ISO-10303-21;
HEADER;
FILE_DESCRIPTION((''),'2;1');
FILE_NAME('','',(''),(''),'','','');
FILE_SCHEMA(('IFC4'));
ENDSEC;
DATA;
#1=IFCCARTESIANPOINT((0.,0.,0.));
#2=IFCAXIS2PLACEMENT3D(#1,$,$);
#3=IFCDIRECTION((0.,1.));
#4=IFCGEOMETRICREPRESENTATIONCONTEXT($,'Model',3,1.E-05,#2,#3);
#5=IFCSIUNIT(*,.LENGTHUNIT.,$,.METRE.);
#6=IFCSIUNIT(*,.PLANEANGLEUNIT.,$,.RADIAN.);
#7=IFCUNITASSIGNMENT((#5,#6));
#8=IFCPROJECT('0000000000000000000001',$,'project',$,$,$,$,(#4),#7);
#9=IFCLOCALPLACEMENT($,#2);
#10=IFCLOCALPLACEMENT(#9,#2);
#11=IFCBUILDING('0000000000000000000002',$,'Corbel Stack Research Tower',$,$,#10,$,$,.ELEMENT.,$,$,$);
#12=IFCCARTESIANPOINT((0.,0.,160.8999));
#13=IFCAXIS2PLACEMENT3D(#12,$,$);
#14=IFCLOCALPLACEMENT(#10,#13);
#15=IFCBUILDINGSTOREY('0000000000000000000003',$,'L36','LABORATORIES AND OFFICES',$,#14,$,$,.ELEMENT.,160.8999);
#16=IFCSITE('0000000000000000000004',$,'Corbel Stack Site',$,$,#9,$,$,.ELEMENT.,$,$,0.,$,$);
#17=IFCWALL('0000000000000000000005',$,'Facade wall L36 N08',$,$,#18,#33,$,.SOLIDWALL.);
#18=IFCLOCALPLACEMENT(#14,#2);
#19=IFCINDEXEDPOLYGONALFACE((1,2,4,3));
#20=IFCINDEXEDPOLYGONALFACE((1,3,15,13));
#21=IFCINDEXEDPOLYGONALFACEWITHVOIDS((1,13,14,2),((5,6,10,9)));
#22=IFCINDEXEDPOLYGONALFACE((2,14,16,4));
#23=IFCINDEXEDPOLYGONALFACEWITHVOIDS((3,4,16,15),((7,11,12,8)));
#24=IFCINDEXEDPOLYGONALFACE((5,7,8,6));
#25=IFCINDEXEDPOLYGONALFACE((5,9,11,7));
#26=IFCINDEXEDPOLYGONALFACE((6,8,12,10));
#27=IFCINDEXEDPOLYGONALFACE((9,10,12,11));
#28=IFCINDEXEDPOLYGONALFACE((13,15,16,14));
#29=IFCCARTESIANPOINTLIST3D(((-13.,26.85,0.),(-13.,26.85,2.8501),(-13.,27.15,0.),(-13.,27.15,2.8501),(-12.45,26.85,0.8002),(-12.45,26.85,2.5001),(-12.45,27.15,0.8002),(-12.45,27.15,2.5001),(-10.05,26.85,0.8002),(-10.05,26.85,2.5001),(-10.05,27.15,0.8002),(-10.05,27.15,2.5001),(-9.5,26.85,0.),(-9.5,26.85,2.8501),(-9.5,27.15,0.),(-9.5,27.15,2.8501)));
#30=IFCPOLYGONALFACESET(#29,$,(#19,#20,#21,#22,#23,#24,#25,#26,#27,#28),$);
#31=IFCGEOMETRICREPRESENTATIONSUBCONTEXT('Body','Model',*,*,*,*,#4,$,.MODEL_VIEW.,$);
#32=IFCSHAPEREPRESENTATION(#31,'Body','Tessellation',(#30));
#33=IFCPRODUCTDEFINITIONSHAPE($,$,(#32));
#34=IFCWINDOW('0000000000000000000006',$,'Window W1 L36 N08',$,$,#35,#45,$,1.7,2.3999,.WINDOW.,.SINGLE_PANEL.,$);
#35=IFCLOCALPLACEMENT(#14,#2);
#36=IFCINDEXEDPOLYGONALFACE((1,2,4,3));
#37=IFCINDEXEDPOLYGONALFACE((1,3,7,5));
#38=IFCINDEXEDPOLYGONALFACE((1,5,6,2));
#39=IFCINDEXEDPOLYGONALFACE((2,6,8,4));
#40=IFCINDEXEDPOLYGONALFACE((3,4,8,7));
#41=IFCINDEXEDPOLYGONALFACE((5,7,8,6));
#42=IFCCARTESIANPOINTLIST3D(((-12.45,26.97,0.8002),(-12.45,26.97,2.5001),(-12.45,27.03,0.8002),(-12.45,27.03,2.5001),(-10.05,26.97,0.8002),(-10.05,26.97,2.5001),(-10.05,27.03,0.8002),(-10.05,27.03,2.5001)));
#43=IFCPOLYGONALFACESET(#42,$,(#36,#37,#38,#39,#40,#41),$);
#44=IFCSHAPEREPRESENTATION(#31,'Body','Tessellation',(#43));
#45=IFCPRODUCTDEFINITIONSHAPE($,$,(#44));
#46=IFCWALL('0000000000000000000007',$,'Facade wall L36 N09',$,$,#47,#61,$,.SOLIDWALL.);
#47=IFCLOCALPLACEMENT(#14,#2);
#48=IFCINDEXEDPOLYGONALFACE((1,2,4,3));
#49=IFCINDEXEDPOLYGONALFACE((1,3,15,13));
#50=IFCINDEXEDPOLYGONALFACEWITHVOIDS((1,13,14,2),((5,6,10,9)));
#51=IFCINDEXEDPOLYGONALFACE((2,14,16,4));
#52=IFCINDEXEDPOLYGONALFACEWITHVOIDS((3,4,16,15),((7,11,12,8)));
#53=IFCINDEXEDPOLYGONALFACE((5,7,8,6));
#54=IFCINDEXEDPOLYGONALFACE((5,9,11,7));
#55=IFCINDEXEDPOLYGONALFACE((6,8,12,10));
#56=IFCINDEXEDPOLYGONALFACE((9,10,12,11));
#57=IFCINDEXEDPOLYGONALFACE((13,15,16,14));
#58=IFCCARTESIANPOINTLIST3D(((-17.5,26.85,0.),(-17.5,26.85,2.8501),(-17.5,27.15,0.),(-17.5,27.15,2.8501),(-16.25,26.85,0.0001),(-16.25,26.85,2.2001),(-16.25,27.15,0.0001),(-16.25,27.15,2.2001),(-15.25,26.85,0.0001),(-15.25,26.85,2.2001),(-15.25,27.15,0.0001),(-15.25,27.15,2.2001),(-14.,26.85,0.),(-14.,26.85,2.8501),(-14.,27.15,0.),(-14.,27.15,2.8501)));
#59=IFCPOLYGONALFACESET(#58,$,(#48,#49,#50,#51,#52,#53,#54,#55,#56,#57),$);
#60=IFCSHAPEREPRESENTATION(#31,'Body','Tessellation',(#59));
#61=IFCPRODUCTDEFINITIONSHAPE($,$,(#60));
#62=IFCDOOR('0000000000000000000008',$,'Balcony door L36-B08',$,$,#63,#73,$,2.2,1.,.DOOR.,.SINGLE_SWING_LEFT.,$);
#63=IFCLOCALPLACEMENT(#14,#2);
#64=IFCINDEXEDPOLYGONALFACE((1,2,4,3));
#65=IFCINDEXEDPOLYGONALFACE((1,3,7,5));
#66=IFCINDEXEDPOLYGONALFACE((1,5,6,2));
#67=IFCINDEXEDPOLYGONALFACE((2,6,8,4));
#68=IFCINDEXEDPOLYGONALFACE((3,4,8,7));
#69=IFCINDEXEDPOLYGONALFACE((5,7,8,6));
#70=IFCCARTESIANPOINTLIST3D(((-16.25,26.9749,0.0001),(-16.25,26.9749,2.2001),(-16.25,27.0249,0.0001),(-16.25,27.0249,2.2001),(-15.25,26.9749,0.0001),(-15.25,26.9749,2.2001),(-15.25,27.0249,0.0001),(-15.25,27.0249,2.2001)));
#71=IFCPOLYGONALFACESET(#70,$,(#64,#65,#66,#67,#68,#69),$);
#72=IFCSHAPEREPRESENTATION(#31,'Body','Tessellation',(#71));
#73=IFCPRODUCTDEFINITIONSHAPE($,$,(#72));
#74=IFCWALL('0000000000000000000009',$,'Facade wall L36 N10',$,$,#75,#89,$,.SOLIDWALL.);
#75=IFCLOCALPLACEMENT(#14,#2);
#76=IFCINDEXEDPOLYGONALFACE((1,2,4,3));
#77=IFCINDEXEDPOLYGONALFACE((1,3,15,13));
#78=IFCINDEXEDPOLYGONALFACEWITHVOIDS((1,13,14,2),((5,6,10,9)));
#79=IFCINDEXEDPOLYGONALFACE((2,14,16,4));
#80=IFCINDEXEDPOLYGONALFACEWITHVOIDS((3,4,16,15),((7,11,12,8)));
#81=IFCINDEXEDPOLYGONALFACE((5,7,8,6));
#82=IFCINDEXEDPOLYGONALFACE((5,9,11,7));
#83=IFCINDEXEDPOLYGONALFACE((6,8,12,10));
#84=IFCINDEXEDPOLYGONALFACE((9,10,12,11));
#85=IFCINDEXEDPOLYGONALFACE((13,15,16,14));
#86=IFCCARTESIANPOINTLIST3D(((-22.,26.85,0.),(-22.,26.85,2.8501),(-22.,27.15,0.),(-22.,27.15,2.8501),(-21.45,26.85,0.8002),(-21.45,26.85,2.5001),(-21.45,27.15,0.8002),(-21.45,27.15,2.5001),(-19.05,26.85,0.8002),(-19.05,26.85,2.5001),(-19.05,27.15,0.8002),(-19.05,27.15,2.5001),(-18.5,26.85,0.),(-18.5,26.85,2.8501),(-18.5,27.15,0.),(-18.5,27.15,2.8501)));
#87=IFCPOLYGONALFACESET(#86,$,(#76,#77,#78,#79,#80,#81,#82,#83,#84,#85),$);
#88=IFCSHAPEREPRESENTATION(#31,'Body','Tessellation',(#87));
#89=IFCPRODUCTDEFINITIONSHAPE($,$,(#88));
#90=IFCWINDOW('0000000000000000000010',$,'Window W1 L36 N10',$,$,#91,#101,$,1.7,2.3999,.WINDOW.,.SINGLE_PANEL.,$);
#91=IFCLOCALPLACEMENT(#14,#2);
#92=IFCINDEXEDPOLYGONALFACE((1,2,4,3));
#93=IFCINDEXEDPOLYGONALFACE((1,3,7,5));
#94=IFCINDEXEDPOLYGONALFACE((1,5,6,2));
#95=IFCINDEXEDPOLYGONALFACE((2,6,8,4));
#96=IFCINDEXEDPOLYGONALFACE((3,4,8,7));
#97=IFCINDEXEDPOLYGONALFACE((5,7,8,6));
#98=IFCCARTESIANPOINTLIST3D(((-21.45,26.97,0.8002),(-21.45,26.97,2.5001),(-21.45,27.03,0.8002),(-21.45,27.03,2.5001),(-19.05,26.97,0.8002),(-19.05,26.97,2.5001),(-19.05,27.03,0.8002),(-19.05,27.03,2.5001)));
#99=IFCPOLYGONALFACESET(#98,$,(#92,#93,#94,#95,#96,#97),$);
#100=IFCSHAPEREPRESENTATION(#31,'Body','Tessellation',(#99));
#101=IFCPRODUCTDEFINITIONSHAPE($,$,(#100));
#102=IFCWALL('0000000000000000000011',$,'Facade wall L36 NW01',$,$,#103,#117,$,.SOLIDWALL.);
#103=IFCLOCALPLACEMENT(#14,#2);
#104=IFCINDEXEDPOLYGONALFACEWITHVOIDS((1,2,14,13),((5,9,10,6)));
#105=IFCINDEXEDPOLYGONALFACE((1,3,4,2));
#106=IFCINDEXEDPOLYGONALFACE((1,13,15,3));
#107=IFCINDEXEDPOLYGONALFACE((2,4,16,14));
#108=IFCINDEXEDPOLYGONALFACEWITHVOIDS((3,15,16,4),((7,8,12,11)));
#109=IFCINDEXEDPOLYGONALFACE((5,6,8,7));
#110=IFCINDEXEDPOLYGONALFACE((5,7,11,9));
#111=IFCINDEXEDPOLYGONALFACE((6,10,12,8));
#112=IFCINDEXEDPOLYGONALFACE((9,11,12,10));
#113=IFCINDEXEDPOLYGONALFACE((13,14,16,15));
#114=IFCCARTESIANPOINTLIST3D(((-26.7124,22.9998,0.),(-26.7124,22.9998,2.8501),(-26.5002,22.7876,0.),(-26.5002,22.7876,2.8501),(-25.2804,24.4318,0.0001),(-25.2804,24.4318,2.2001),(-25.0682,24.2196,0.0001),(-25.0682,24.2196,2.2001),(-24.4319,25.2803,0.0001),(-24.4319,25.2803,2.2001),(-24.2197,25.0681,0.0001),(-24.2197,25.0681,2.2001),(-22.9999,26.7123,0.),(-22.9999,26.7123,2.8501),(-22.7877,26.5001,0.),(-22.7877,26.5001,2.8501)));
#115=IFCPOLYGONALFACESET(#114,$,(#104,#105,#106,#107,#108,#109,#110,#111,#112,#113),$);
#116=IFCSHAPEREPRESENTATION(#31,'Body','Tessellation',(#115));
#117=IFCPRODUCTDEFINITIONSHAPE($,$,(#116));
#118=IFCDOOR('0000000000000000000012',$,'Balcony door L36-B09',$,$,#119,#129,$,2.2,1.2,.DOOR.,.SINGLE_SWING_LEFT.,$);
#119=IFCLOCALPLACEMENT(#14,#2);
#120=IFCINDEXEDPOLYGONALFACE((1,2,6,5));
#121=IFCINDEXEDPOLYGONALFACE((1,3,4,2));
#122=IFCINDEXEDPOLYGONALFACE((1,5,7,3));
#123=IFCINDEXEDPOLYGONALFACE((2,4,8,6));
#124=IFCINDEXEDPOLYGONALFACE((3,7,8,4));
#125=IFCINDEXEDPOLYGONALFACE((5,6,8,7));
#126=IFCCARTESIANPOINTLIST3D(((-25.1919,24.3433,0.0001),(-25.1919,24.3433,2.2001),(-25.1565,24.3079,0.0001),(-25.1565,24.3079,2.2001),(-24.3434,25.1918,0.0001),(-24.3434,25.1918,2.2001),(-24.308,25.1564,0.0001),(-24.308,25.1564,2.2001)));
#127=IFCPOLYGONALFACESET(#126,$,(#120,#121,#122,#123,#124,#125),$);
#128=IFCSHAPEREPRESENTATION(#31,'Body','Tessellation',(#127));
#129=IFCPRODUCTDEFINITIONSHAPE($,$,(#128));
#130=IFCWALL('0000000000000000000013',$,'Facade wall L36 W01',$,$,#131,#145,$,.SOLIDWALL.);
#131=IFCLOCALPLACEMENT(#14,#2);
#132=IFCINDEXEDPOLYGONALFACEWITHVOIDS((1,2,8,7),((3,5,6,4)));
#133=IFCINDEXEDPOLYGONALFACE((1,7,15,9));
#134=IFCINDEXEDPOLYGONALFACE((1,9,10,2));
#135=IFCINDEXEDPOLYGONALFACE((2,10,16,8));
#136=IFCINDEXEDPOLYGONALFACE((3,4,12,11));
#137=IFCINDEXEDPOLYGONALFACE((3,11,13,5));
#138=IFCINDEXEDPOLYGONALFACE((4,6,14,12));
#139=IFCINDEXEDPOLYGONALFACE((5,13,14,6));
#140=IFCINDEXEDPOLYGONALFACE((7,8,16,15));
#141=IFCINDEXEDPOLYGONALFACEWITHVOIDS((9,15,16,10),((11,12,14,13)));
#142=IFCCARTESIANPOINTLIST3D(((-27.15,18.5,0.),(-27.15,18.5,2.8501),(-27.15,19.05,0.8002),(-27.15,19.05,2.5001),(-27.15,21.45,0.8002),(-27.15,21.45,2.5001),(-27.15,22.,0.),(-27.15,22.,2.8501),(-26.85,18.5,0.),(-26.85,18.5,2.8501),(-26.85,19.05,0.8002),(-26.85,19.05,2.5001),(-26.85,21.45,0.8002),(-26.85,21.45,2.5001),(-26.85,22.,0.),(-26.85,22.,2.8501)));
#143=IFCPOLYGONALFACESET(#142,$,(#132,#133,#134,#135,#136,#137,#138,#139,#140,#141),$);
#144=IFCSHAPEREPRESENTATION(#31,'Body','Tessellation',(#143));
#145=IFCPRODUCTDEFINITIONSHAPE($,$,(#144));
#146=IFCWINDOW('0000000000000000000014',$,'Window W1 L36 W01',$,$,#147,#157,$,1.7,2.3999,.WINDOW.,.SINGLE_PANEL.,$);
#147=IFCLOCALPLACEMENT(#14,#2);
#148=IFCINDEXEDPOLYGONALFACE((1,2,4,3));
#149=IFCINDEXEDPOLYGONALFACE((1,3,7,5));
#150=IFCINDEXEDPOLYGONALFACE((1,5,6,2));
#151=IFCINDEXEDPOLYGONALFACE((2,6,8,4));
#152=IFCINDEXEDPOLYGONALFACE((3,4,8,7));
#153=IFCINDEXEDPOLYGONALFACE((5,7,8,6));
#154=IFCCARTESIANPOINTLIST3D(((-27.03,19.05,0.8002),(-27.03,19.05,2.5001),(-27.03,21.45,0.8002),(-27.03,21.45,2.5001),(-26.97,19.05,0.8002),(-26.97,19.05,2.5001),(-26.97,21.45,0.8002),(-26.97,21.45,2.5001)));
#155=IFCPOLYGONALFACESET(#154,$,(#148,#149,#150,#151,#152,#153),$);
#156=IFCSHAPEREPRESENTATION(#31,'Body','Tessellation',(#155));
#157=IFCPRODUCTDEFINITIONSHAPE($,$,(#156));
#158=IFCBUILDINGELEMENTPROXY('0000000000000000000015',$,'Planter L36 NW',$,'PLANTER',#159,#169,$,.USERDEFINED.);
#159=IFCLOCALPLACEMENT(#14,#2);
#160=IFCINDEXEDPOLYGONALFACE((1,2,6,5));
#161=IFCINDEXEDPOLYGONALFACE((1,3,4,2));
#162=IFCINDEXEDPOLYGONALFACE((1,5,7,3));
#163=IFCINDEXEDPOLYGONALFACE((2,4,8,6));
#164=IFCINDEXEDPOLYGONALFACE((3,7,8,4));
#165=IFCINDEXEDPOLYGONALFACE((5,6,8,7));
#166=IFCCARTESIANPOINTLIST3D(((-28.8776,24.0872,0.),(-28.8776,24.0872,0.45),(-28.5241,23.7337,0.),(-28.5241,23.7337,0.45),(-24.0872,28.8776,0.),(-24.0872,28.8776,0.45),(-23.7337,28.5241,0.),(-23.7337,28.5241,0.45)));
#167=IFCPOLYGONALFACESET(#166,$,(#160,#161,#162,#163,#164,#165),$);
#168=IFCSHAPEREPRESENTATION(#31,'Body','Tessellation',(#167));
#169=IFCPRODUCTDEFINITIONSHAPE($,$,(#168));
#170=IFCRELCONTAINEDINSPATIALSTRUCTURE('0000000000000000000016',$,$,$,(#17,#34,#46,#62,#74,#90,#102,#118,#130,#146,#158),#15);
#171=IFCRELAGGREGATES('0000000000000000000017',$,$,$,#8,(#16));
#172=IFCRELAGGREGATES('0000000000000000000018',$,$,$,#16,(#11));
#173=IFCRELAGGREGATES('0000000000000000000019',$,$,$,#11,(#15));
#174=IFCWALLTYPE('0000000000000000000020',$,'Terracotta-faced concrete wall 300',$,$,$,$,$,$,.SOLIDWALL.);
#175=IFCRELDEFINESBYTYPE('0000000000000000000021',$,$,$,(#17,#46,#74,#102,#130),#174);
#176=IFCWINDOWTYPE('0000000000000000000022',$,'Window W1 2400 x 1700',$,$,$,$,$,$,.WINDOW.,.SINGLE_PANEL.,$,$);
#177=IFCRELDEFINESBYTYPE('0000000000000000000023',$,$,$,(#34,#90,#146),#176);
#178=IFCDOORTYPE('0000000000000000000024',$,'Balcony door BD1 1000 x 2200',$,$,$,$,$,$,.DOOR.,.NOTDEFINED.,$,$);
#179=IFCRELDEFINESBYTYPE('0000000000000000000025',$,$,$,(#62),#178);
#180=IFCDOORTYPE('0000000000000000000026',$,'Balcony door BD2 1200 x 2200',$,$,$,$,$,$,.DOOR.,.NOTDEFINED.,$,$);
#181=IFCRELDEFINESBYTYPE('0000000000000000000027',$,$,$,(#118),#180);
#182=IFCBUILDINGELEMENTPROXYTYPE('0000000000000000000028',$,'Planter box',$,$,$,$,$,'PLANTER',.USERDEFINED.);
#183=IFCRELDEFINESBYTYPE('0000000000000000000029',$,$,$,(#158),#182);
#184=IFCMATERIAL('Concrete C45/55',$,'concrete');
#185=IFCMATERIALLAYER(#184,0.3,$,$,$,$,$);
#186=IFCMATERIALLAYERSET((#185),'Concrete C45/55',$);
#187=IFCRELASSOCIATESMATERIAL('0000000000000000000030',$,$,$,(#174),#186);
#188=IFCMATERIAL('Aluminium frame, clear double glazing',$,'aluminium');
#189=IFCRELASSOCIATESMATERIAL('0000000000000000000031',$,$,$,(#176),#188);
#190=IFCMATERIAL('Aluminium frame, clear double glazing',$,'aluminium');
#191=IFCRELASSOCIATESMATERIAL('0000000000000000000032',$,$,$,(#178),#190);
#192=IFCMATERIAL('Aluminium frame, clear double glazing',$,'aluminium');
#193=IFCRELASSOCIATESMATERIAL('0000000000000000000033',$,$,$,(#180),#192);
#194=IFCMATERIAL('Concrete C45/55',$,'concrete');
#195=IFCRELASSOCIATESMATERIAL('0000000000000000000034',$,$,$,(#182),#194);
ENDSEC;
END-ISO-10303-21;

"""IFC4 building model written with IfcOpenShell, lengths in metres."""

from ifc_helpers import new_model, si_unit, direction, frame, frame_2d, origin, origin_2d, place, context, subcontext, project, spatial, rectangle, extrude, material, layer, layer_set, type_object, element, fill, save


model = new_model("IFC4")

# Units and contexts
model_context = context("Model", 3, precision=1e-05, world=origin(), true_north=direction((0.0, 1.0)))
body_context = subcontext(model_context, "Body", "Model", "MODEL_VIEW")
ifc_project = project(units=[si_unit("LENGTHUNIT", "METRE"), si_unit("PLANEANGLEUNIT", "RADIAN")], contexts=[model_context])

# Site, building, storey
site_placement = place(None, origin())
site = spatial("IfcSite", under=ifc_project, at=site_placement, Name="Corbel Stack Site", CompositionType="ELEMENT", RefElevation=0.0)
building_placement = place(site_placement, origin())
building = spatial("IfcBuilding", under=site, at=building_placement, Name="Corbel Stack Research Tower", CompositionType="ELEMENT")
storey_placement = place(building_placement, frame((0.0, 0.0, 160.8999)))
storey = spatial("IfcBuildingStorey", under=building, at=storey_placement, Name="L36", Description="LABORATORIES AND OFFICES", CompositionType="ELEMENT", Elevation=160.8999)

# Wall, opening, window
ifc_material_1 = material(Name="Concrete C45/55", Category="concrete")
ifc_layer_1 = layer(ifc_material_1, 0.3)
ifc_layer_set_1 = layer_set([ifc_layer_1], Name="Concrete C45/55")
wall_type_1 = type_object("IfcWallType", Name="Terracotta-faced concrete wall 300", PredefinedType="SOLIDWALL", material=ifc_layer_set_1)
wall_1_placement = place(storey_placement, frame((-13.0, 27.0, 0.0), z_axis=(0.0, 0.0, 1.0), x_axis=(1.0, 0.0, 0.0)))
wall_1 = element("IfcWall", 1, at=wall_1_placement, inside=storey, type_object=wall_type_1, Name="Facade wall L36 N08", PredefinedType="SOLIDWALL", context=body_context, shape_type="SweptSolid", body=[
    extrude(rectangle(XDim=3.5, YDim=0.3, at=frame_2d((1.75, 0.0))), origin(), (0.0, 0.0, 1.0), 2.8501),
])
opening_1_placement = place(wall_1_placement, frame((0.55, 0.0, 0.8)))
opening_1 = element("IfcOpeningElement", 2, at=opening_1_placement, cuts=wall_1, PredefinedType="OPENING", context=body_context, shape_type="SweptSolid", body=[
    extrude(rectangle(XDim=2.3999, YDim=1.7, at=frame_2d((1.2, 0.8501))), frame((0.0, 0.1599, 0.0), z_axis=(0.0, -1.0, 0.0), x_axis=(1.0, 0.0, 0.0)), (0.0, 0.0, 1.0), 0.3201),
])
ifc_material_2 = material(Name="Aluminium frame, clear double glazing", Category="aluminium")
window_type = type_object("IfcWindowType", Name="Window W1 2400 x 1700", PartitioningType="SINGLE_PANEL", PredefinedType="WINDOW", material=ifc_material_2)
window_1_placement = place(opening_1_placement, origin())
window_1 = element("IfcWindow", 3, at=window_1_placement, inside=storey, type_object=window_type, Name="Window W1 L36 N08", OverallHeight=1.7, OverallWidth=2.3999, PartitioningType="SINGLE_PANEL", PredefinedType="WINDOW", context=body_context, shape_type="SweptSolid", body=[
    extrude(rectangle(XDim=2.3999, YDim=1.7, at=frame_2d((1.2, 0.8501))), frame((0.0, 0.03, 0.0), z_axis=(0.0, -1.0, 0.0), x_axis=(1.0, 0.0, 0.0)), (0.0, 0.0, 1.0), 0.0601),
])
fill(opening_1, window_1)

# Wall, opening, door
wall_2_placement = place(storey_placement, frame((-17.5, 27.0, 0.0), z_axis=(0.0, 0.0, 1.0), x_axis=(1.0, 0.0, 0.0)))
wall_2 = element("IfcWall", 4, at=wall_2_placement, inside=storey, type_object=wall_type_1, Name="Facade wall L36 N09", PredefinedType="SOLIDWALL", context=body_context, shape_type="SweptSolid", body=[
    extrude(rectangle(XDim=3.5, YDim=0.3, at=frame_2d((1.75, 0.0))), origin(), (0.0, 0.0, 1.0), 2.8501),
])
opening_2_placement = place(wall_2_placement, frame((1.25, 0.0, 0.0)))
opening_2 = element("IfcOpeningElement", 5, at=opening_2_placement, cuts=wall_2, PredefinedType="OPENING", context=body_context, shape_type="SweptSolid", body=[
    extrude(rectangle(XDim=1.0, YDim=2.2, at=frame_2d((0.5, 1.1001))), frame((0.0, 0.1599, 0.0), z_axis=(0.0, -1.0, 0.0), x_axis=(1.0, 0.0, 0.0)), (0.0, 0.0, 1.0), 0.3201),
])
ifc_material_3 = material(Name="Aluminium frame, clear double glazing", Category="aluminium")
door_type_1 = type_object("IfcDoorType", Name="Balcony door BD1 1000 x 2200", OperationType="NOTDEFINED", PredefinedType="DOOR", material=ifc_material_3)
door_1_placement = place(opening_2_placement, origin())
door_1 = element("IfcDoor", 6, at=door_1_placement, inside=storey, type_object=door_type_1, Name="Balcony door L36-B08", OperationType="SINGLE_SWING_LEFT", OverallHeight=2.2, OverallWidth=1.0, PredefinedType="DOOR", context=body_context, shape_type="SweptSolid", body=[
    extrude(rectangle(XDim=1.0, YDim=2.2, at=frame_2d((0.5, 1.1001))), frame((0.0, 0.0249, 0.0), z_axis=(0.0, -1.0, 0.0), x_axis=(1.0, 0.0, 0.0)), (0.0, 0.0, 1.0), 0.05),
])
fill(opening_2, door_1)

# Wall, opening, window
wall_3_placement = place(storey_placement, frame((-22.0, 27.0, 0.0), z_axis=(0.0, 0.0, 1.0), x_axis=(1.0, 0.0, 0.0)))
wall_3 = element("IfcWall", 7, at=wall_3_placement, inside=storey, type_object=wall_type_1, Name="Facade wall L36 N10", PredefinedType="SOLIDWALL", context=body_context, shape_type="SweptSolid", body=[
    extrude(rectangle(XDim=3.5, YDim=0.3, at=frame_2d((1.75, 0.0))), origin(), (0.0, 0.0, 1.0), 2.8501),
])
opening_3_placement = place(wall_3_placement, frame((0.55, 0.0, 0.8)))
opening_3 = element("IfcOpeningElement", 8, at=opening_3_placement, cuts=wall_3, PredefinedType="OPENING", context=body_context, shape_type="SweptSolid", body=[
    extrude(rectangle(XDim=2.3999, YDim=1.7, at=frame_2d((1.2, 0.8501))), frame((0.0, 0.1599, 0.0), z_axis=(0.0, -1.0, 0.0), x_axis=(1.0, 0.0, 0.0)), (0.0, 0.0, 1.0), 0.3201),
])
window_2_placement = place(opening_3_placement, origin())
window_2 = element("IfcWindow", 9, at=window_2_placement, inside=storey, type_object=window_type, Name="Window W1 L36 N10", OverallHeight=1.7, OverallWidth=2.3999, PartitioningType="SINGLE_PANEL", PredefinedType="WINDOW", context=body_context, shape_type="SweptSolid", body=[
    extrude(rectangle(XDim=2.3999, YDim=1.7, at=frame_2d((1.2, 0.8501))), frame((0.0, 0.03, 0.0), z_axis=(0.0, -1.0, 0.0), x_axis=(1.0, 0.0, 0.0)), (0.0, 0.0, 1.0), 0.0601),
])
fill(opening_3, window_2)

# Wall, opening, door
wall_4_placement = place(storey_placement, frame((-26.6062, 22.8938, 0.0), z_axis=(0.0, 0.0, 1.0), x_axis=(0.707107, 0.707107, 0.0)))
wall_4 = element("IfcWall", 10, at=wall_4_placement, inside=storey, type_object=wall_type_1, Name="Facade wall L36 NW01", PredefinedType="SOLIDWALL", context=body_context, shape_type="SweptSolid", body=[
    extrude(rectangle(XDim=5.2502, YDim=0.3, at=frame_2d((2.625, 0.0))), origin(), (0.0, 0.0, 1.0), 2.8501),
])
opening_4_placement = place(wall_4_placement, frame((2.0249, 0.0, 0.0)))
opening_4 = element("IfcOpeningElement", 11, at=opening_4_placement, cuts=wall_4, PredefinedType="OPENING", context=body_context, shape_type="SweptSolid", body=[
    extrude(rectangle(XDim=1.2, YDim=2.2, at=frame_2d((0.6001, 1.1001))), frame((0.0, 0.1599, 0.0), z_axis=(0.0, -1.0, 0.0), x_axis=(1.0, 0.0, 0.0)), (0.0, 0.0, 1.0), 0.3201),
])
ifc_material_4 = material(Name="Aluminium frame, clear double glazing", Category="aluminium")
door_type_2 = type_object("IfcDoorType", Name="Balcony door BD2 1200 x 2200", OperationType="NOTDEFINED", PredefinedType="DOOR", material=ifc_material_4)
door_2_placement = place(opening_4_placement, origin())
door_2 = element("IfcDoor", 12, at=door_2_placement, inside=storey, type_object=door_type_2, Name="Balcony door L36-B09", OperationType="SINGLE_SWING_LEFT", OverallHeight=2.2, OverallWidth=1.2, PredefinedType="DOOR", context=body_context, shape_type="SweptSolid", body=[
    extrude(rectangle(XDim=1.2, YDim=2.2, at=frame_2d((0.6001, 1.1001))), frame((0.0, 0.0249, 0.0), z_axis=(0.0, -1.0, 0.0), x_axis=(1.0, 0.0, 0.0)), (0.0, 0.0, 1.0), 0.05),
])
fill(opening_4, door_2)

# Wall, opening, window
wall_5_placement = place(storey_placement, frame((-27.0, 18.5, 0.0), z_axis=(0.0, 0.0, 1.0), x_axis=(0.0, 1.0, 0.0)))
wall_5 = element("IfcWall", 13, at=wall_5_placement, inside=storey, type_object=wall_type_1, Name="Facade wall L36 W01", PredefinedType="SOLIDWALL", context=body_context, shape_type="SweptSolid", body=[
    extrude(rectangle(XDim=3.5, YDim=0.3, at=frame_2d((1.75, 0.0))), origin(), (0.0, 0.0, 1.0), 2.8501),
])
opening_5_placement = place(wall_5_placement, frame((0.55, 0.0, 0.8)))
opening_5 = element("IfcOpeningElement", 14, at=opening_5_placement, cuts=wall_5, PredefinedType="OPENING", context=body_context, shape_type="SweptSolid", body=[
    extrude(rectangle(XDim=2.3999, YDim=1.7, at=frame_2d((1.2, 0.8501))), frame((0.0, 0.1599, 0.0), z_axis=(0.0, -1.0, 0.0), x_axis=(1.0, 0.0, 0.0)), (0.0, 0.0, 1.0), 0.3201),
])
window_3_placement = place(opening_5_placement, origin())
window_3 = element("IfcWindow", 15, at=window_3_placement, inside=storey, type_object=window_type, Name="Window W1 L36 W01", OverallHeight=1.7, OverallWidth=2.3999, PartitioningType="SINGLE_PANEL", PredefinedType="WINDOW", context=body_context, shape_type="SweptSolid", body=[
    extrude(rectangle(XDim=2.3999, YDim=1.7, at=frame_2d((1.2, 0.8501))), frame((0.0, 0.03, 0.0), z_axis=(0.0, -1.0, 0.0), x_axis=(1.0, 0.0, 0.0)), (0.0, 0.0, 1.0), 0.0601),
])
fill(opening_5, window_3)

# Building element proxy
ifc_material_5 = material(Name="Concrete C45/55", Category="concrete")
building_element_proxy_type = type_object("IfcBuildingElementProxyType", Name="Planter box", ElementType="PLANTER", PredefinedType="USERDEFINED", material=ifc_material_5)
proxy_placement = place(storey_placement, frame((-26.3057, 26.3057, 0.0), z_axis=(0.0, 0.0, 1.0), x_axis=(-0.707107, -0.707107, 0.0)))
element("IfcBuildingElementProxy", 16, at=proxy_placement, inside=storey, type_object=building_element_proxy_type, Name="Planter L36 NW", ObjectType="PLANTER", PredefinedType="USERDEFINED", context=body_context, shape_type="SweptSolid", body=[
    extrude(rectangle(XDim=6.7747, YDim=0.5, at=origin_2d()), origin(), (0.0, 0.0, 1.0), 0.45),
])

save(model, "model.ifc")
